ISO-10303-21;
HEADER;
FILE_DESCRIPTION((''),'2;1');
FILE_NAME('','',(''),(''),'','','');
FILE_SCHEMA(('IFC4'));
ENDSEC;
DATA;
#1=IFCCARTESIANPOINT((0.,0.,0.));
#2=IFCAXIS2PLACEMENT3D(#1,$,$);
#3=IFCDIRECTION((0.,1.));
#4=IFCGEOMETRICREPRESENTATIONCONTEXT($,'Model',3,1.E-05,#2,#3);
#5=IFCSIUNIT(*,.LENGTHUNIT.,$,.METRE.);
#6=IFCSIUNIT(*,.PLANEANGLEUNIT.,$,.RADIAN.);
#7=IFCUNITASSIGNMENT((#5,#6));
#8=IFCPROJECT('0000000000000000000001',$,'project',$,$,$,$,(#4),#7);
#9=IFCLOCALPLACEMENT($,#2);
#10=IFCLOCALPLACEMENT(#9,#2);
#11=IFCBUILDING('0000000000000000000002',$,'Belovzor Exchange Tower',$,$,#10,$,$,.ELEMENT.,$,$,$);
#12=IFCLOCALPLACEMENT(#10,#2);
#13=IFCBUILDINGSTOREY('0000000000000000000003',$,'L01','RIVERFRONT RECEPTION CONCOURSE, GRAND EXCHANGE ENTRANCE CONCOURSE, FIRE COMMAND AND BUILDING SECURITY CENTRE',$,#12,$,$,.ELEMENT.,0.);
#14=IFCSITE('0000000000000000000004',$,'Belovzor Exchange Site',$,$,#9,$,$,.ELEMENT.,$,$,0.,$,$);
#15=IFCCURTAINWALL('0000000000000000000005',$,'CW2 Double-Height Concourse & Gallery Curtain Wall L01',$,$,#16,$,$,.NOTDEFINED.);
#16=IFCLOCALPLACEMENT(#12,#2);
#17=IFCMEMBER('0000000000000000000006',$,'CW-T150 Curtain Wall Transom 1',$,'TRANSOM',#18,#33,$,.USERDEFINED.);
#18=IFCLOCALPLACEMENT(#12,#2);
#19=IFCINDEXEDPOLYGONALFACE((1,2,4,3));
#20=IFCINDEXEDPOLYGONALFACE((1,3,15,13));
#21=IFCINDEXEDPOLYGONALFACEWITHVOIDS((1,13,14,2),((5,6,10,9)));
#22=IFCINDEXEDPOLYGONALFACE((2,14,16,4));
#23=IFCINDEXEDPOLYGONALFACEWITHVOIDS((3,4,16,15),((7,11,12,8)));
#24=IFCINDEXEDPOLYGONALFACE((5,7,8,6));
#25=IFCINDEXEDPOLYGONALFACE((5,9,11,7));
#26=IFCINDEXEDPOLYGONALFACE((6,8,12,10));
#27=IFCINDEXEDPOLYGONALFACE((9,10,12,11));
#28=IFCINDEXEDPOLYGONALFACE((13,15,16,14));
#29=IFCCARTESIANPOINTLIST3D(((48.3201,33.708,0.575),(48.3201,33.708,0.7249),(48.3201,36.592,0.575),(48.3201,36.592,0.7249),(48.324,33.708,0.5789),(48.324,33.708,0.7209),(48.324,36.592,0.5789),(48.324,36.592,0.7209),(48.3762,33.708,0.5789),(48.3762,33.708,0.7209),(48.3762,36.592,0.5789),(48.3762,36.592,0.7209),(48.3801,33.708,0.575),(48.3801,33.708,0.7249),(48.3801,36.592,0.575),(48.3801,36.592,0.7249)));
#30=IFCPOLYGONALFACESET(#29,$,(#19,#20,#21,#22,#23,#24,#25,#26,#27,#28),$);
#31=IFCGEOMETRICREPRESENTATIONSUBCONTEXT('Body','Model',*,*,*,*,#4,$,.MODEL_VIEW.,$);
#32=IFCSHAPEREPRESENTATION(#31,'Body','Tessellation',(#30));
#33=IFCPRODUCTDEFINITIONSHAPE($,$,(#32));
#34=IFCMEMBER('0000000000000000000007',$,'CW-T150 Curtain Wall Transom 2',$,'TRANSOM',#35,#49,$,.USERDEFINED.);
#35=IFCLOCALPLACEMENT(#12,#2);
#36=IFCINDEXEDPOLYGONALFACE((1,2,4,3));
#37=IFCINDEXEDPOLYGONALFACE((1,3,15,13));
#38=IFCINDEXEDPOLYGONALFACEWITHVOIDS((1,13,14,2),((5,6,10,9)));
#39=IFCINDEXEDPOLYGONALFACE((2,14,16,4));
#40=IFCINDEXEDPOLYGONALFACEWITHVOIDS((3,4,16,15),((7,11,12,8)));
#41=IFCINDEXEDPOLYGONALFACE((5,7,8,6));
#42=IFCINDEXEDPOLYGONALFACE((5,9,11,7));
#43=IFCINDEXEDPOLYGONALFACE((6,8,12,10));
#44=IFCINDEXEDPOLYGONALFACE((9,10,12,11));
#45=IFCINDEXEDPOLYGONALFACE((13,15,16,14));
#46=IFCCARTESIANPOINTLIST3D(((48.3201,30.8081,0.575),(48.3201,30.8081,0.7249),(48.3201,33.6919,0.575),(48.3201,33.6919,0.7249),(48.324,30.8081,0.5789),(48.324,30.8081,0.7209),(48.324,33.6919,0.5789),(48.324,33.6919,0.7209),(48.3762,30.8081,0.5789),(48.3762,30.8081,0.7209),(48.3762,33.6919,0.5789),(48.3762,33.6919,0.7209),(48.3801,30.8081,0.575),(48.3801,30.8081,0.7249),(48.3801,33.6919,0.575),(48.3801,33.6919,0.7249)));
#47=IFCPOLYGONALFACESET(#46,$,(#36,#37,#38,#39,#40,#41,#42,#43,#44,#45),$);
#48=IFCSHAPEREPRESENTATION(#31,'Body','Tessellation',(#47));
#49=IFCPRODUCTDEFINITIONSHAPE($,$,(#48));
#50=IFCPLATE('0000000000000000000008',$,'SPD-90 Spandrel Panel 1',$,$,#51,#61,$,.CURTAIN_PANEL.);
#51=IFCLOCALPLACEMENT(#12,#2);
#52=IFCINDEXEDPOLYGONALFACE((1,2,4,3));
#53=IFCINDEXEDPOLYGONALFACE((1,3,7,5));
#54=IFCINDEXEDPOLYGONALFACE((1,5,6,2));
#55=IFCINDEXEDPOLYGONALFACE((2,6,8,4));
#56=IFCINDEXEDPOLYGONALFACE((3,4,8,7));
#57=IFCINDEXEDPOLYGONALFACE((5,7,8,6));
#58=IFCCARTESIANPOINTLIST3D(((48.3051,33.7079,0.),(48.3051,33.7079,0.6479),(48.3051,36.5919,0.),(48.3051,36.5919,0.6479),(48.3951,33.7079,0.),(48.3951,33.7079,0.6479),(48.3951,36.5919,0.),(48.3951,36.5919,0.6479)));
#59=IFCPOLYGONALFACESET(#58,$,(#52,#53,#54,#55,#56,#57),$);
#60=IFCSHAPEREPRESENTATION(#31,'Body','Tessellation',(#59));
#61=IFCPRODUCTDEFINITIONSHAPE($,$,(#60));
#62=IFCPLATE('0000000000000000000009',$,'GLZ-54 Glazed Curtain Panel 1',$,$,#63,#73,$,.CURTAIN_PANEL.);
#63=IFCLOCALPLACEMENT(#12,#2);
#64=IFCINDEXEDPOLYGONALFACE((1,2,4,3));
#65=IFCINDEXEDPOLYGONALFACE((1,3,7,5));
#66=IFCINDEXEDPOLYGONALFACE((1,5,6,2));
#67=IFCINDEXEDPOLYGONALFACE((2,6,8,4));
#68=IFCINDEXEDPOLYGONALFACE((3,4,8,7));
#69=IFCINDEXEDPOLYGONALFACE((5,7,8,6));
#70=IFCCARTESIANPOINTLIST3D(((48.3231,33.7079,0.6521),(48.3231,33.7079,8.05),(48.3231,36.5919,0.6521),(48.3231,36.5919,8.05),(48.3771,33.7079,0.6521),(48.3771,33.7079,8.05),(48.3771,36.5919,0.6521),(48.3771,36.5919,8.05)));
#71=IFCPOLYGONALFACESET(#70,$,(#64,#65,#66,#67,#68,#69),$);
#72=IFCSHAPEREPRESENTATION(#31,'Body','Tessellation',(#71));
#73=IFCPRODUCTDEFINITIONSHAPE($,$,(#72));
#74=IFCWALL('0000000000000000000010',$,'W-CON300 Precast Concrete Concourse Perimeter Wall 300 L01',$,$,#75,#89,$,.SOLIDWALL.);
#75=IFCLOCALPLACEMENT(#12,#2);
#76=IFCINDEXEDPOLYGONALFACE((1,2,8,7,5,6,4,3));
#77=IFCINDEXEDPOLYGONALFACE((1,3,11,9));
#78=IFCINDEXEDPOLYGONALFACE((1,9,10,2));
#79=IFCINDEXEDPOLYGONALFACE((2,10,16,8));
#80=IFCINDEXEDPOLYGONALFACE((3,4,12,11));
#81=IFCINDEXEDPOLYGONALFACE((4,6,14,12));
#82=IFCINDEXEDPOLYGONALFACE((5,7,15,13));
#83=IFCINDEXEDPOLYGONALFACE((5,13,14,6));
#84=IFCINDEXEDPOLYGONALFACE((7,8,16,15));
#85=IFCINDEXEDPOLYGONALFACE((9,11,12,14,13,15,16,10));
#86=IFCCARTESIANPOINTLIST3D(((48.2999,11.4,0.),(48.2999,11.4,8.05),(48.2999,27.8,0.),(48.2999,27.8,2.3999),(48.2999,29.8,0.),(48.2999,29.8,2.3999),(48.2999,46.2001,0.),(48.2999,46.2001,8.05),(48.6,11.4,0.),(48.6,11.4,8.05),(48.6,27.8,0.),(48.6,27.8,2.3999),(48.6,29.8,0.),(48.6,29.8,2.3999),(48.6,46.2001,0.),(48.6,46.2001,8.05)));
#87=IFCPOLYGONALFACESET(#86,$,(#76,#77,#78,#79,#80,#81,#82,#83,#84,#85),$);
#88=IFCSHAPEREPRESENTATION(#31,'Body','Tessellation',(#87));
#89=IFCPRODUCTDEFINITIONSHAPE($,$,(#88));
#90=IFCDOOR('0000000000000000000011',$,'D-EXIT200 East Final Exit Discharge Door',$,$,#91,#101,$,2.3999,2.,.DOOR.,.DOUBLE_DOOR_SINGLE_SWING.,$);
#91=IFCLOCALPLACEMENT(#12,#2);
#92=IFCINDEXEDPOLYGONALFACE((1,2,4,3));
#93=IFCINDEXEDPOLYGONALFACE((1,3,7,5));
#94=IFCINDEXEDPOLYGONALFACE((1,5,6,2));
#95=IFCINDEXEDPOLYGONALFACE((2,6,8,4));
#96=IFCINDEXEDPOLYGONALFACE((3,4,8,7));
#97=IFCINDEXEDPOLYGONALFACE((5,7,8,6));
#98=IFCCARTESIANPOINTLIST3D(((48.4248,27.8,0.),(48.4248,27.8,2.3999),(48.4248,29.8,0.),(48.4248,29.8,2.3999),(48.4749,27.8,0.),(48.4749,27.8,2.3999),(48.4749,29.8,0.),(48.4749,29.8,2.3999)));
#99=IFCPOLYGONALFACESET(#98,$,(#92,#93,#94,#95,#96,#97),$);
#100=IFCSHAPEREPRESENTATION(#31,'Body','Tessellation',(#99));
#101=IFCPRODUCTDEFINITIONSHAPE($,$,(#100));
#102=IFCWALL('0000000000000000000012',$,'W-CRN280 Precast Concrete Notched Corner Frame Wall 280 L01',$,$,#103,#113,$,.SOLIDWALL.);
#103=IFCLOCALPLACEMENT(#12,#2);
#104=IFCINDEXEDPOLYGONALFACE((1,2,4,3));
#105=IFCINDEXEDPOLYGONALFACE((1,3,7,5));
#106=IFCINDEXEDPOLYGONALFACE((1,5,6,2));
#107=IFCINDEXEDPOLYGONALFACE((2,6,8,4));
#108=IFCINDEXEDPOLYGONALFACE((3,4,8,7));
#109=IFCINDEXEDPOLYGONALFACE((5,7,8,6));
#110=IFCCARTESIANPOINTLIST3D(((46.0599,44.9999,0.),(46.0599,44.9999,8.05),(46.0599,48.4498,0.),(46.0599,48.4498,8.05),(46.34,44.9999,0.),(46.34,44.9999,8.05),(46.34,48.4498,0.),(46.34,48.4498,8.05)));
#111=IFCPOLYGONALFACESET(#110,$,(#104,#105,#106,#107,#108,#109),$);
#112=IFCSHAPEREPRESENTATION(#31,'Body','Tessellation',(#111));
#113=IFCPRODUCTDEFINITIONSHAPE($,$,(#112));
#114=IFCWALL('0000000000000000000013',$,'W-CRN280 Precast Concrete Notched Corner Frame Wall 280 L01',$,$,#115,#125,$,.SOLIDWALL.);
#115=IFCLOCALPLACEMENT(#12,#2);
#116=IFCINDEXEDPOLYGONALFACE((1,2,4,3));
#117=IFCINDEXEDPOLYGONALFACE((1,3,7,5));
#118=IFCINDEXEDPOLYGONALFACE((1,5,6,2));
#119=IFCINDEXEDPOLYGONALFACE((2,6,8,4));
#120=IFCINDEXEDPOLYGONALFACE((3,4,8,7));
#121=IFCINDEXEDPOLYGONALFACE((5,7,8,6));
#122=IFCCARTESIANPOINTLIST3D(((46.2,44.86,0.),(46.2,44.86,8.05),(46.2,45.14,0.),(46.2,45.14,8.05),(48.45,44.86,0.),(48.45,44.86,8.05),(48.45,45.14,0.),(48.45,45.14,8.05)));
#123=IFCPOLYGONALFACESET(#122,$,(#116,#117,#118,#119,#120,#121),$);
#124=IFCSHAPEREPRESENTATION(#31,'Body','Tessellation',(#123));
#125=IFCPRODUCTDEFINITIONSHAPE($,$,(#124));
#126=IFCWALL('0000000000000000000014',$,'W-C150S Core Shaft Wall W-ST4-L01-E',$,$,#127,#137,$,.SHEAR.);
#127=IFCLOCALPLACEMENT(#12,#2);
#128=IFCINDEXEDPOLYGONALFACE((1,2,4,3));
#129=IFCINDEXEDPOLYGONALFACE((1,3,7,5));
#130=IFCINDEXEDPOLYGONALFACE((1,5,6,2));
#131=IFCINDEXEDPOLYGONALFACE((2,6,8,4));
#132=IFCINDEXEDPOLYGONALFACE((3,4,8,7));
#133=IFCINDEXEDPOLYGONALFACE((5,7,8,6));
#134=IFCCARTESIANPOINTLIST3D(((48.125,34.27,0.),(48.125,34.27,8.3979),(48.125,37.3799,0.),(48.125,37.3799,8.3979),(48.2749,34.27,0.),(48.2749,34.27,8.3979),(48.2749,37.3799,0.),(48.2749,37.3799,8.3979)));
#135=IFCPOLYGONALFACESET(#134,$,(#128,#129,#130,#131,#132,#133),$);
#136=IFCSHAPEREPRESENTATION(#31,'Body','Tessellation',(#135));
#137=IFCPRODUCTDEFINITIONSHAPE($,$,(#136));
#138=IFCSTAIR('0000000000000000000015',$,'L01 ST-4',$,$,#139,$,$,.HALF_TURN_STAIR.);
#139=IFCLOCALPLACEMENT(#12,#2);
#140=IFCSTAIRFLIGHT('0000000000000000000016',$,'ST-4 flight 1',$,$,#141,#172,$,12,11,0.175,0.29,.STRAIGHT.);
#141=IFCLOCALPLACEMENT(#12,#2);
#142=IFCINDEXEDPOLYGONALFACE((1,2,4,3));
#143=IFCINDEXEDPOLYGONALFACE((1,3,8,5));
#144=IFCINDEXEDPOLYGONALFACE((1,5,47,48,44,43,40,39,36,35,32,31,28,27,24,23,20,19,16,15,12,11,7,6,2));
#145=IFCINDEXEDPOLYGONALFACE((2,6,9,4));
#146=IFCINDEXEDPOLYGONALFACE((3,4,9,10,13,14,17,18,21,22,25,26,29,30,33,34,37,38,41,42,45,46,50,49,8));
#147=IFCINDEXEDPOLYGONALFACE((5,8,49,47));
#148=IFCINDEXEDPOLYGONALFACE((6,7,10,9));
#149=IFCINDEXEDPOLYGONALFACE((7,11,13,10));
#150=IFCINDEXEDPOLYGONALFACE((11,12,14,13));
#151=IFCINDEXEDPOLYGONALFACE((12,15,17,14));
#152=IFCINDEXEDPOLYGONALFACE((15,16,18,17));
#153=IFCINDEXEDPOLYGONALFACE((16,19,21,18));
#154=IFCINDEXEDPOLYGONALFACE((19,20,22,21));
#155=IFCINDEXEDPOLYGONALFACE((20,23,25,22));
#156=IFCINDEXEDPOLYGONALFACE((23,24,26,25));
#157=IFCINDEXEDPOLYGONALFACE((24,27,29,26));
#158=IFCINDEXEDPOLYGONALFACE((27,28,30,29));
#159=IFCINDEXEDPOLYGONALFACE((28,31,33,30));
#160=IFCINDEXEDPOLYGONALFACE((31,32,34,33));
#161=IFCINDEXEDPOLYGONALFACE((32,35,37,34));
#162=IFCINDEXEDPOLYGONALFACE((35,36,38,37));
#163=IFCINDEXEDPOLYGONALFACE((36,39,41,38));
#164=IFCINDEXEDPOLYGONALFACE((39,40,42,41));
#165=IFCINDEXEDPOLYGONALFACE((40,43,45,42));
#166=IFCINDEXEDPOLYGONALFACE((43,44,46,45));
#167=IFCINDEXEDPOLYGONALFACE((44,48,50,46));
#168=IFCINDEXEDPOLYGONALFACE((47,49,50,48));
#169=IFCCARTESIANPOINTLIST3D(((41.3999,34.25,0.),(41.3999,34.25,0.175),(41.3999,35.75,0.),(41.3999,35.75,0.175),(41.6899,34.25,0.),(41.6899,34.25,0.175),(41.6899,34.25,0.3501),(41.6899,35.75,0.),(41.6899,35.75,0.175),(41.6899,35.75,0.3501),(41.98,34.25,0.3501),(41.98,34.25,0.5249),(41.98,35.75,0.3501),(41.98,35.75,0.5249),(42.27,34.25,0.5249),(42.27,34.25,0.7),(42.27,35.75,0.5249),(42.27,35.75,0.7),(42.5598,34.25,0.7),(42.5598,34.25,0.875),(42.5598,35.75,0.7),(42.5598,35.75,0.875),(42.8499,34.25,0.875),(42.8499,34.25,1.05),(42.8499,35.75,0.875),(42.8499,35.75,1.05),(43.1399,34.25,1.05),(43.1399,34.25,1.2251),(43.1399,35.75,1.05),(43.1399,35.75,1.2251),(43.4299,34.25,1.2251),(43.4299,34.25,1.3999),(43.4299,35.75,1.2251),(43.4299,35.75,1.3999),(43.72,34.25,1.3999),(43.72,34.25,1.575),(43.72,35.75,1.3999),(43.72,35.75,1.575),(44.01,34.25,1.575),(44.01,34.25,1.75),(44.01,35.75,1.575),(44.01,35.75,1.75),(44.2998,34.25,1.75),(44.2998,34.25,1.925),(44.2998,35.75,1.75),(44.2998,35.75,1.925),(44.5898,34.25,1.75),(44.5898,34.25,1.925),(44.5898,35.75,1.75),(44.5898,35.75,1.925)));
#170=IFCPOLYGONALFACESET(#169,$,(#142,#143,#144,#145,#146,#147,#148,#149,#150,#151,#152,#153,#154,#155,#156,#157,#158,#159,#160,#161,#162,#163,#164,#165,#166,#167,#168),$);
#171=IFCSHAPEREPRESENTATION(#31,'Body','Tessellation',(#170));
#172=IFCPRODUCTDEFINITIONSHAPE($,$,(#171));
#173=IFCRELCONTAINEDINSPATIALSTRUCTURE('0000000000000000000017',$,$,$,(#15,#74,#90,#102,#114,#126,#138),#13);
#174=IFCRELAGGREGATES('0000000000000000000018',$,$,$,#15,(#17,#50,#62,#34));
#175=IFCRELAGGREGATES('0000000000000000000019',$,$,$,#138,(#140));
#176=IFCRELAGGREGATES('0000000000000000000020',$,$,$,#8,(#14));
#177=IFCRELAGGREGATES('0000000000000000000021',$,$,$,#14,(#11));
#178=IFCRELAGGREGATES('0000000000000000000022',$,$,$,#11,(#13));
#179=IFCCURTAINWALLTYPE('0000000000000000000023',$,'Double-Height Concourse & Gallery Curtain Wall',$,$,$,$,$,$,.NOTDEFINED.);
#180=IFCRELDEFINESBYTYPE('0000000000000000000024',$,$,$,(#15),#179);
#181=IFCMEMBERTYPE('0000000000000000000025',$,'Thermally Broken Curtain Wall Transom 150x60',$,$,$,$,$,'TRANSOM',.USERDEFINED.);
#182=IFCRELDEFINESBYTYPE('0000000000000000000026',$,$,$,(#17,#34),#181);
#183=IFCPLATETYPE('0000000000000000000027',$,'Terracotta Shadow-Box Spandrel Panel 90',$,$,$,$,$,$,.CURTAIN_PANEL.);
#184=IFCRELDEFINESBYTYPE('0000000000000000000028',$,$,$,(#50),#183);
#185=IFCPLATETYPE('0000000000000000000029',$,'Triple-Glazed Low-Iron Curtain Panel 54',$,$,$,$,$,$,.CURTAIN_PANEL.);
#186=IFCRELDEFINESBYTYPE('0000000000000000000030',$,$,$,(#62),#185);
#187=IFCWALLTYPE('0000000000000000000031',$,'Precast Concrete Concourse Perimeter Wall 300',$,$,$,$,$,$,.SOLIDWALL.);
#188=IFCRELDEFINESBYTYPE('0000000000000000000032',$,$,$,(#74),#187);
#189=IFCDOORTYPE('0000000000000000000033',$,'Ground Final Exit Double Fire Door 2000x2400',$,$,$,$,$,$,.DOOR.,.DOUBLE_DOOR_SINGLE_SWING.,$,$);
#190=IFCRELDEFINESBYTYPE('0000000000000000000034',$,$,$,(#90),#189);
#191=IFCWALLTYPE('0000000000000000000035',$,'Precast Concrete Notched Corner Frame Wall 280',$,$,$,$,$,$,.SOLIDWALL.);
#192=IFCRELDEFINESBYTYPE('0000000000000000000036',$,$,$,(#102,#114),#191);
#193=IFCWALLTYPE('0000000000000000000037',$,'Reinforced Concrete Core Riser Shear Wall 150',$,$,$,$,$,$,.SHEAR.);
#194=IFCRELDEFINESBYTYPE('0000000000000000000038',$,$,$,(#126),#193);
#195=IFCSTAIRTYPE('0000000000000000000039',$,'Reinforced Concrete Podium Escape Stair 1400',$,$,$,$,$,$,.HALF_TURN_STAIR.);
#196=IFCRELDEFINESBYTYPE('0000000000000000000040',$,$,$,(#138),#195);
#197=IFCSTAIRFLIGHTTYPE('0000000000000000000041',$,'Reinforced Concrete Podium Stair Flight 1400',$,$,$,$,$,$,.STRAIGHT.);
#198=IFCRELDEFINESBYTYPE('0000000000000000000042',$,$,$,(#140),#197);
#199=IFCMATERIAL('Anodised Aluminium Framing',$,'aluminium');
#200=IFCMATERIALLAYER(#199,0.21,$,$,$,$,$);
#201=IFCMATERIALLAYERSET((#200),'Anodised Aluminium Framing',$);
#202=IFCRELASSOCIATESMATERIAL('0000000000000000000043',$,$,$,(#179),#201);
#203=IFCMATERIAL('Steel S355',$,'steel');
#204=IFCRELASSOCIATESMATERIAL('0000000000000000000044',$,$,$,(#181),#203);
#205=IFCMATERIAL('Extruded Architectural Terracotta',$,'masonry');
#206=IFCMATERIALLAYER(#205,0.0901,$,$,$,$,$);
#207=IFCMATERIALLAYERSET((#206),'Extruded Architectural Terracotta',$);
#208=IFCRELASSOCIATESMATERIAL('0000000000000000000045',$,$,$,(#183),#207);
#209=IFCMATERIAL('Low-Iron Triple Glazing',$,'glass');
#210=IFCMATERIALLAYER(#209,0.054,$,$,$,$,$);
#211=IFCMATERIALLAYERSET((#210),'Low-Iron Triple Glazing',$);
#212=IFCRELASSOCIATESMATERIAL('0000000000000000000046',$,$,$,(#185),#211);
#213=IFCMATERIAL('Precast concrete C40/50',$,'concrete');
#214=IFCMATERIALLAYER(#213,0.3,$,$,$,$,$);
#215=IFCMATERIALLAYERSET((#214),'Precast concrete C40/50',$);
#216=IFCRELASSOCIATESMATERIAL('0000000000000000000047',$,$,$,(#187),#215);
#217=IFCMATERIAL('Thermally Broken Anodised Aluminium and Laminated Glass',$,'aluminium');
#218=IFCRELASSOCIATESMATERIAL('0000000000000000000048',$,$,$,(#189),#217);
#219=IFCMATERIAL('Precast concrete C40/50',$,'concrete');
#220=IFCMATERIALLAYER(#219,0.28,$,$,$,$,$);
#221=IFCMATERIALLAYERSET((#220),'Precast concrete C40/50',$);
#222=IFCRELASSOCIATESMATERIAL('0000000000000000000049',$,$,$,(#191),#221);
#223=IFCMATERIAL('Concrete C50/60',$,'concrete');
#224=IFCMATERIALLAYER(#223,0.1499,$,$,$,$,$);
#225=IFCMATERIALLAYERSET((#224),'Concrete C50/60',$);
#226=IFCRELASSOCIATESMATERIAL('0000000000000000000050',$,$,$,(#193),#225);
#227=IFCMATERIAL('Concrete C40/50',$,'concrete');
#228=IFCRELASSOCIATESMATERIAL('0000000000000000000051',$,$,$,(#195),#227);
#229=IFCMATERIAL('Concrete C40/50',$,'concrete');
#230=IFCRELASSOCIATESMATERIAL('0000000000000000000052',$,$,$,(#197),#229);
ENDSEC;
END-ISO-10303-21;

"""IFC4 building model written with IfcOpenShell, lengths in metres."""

from ifc_helpers import new_model, si_unit, direction, frame, frame_2d, origin, origin_2d, place, context, subcontext, project, spatial, polyline, rectangle, hollow_rectangle, outline, extrude, material, layer, layer_set, material_profile, profile_set, type_object, element, fill, aggregate, save


model = new_model("IFC4")

# Units and contexts
model_context = context("Model", 3, precision=1e-05, world=origin(), true_north=direction((0.0, 1.0)))
body_context = subcontext(model_context, "Body", "Model", "MODEL_VIEW")
ifc_project = project(units=[si_unit("LENGTHUNIT", "METRE"), si_unit("PLANEANGLEUNIT", "RADIAN")], contexts=[model_context])

# Site, building, storey
site_placement = place(None, origin())
site = spatial("IfcSite", under=ifc_project, at=site_placement, Name="Belovzor Exchange Site", CompositionType="ELEMENT", RefElevation=0.0)
building_placement = place(site_placement, origin())
building = spatial("IfcBuilding", under=site, at=building_placement, Name="Belovzor Exchange Tower", CompositionType="ELEMENT")
storey_placement = place(building_placement, origin())
storey = spatial("IfcBuildingStorey", under=building, at=storey_placement, Name="L01", Description="RIVERFRONT RECEPTION CONCOURSE, GRAND EXCHANGE ENTRANCE CONCOURSE, FIRE COMMAND AND BUILDING SECURITY CENTRE", CompositionType="ELEMENT", Elevation=0.0)

# Curtain wall, members, plates
ifc_material_1 = material(Name="Anodised Aluminium Framing", Category="aluminium")
ifc_layer_1 = layer(ifc_material_1, 0.21)
ifc_layer_set_1 = layer_set([ifc_layer_1], Name="Anodised Aluminium Framing")
curtain_wall_type = type_object("IfcCurtainWallType", Name="Double-Height Concourse & Gallery Curtain Wall", PredefinedType="NOTDEFINED", material=ifc_layer_set_1)
curtain_wall_placement = place(storey_placement, origin())
curtain_wall = element("IfcCurtainWall", 1, at=curtain_wall_placement, inside=storey, type_object=curtain_wall_type, Name="CW2 Double-Height Concourse & Gallery Curtain Wall L01", PredefinedType="NOTDEFINED")
ifc_material_2 = material(Name="Steel S355", Category="steel")
ifc_material_profile_1 = material_profile(ifc_material_2, hollow_rectangle(XDim=0.0601, YDim=0.1499, WallThickness=0.0039, at=origin_2d()))
ifc_profile_set_1 = profile_set([ifc_material_profile_1], Name="Steel S355")
member_type_1 = type_object("IfcMemberType", Name="Thermally Broken Curtain Wall Transom 150x60", ElementType="TRANSOM", PredefinedType="USERDEFINED", material=ifc_profile_set_1)
member_1_placement = place(storey_placement, frame((48.3501, 36.592, 0.6499), z_axis=(0.0, -1.0, 0.0), x_axis=(1.0, 0.0, 0.0)))
member_1 = element("IfcMember", 2, at=member_1_placement, type_object=member_type_1, Name="CW-T150 Curtain Wall Transom 1", ObjectType="TRANSOM", PredefinedType="USERDEFINED", context=body_context, shape_type="SweptSolid", body=[
    extrude(hollow_rectangle(XDim=0.0601, YDim=0.1499, WallThickness=0.0039, at=origin_2d()), origin(), (0.0, 0.0, 1.0), 2.884),
])
member_2_placement = place(storey_placement, frame((48.3501, 33.6919, 0.6499), z_axis=(0.0, -1.0, 0.0), x_axis=(1.0, 0.0, 0.0)))
member_2 = element("IfcMember", 3, at=member_2_placement, type_object=member_type_1, Name="CW-T150 Curtain Wall Transom 2", ObjectType="TRANSOM", PredefinedType="USERDEFINED", context=body_context, shape_type="SweptSolid", body=[
    extrude(hollow_rectangle(XDim=0.0601, YDim=0.1499, WallThickness=0.0039, at=origin_2d()), origin(), (0.0, 0.0, 1.0), 2.8838),
])
ifc_material_3 = material(Name="Extruded Architectural Terracotta", Category="masonry")
ifc_layer_2 = layer(ifc_material_3, 0.0901)
ifc_layer_set_2 = layer_set([ifc_layer_2], Name="Extruded Architectural Terracotta")
plate_type_1 = type_object("IfcPlateType", Name="Terracotta Shadow-Box Spandrel Panel 90", PredefinedType="CURTAIN_PANEL", material=ifc_layer_set_2)
plate_1_placement = place(storey_placement, frame((48.3501, 35.1499, 0.0), z_axis=(0.0, 0.0, 1.0), x_axis=(0.0, -1.0, 0.0)))
plate_1 = element("IfcPlate", 4, at=plate_1_placement, type_object=plate_type_1, Name="SPD-90 Spandrel Panel 1", PredefinedType="CURTAIN_PANEL", context=body_context, shape_type="SweptSolid", body=[
    extrude(rectangle(XDim=2.884, YDim=0.0901, at=origin_2d()), origin(), (0.0, 0.0, 1.0), 0.6479),
])
ifc_material_4 = material(Name="Low-Iron Triple Glazing", Category="glass")
ifc_layer_3 = layer(ifc_material_4, 0.054)
ifc_layer_set_3 = layer_set([ifc_layer_3], Name="Low-Iron Triple Glazing")
plate_type_2 = type_object("IfcPlateType", Name="Triple-Glazed Low-Iron Curtain Panel 54", PredefinedType="CURTAIN_PANEL", material=ifc_layer_set_3)
plate_2_placement = place(storey_placement, frame((48.3501, 35.1499, 0.6521), z_axis=(0.0, 0.0, 1.0), x_axis=(0.0, -1.0, 0.0)))
plate_2 = element("IfcPlate", 5, at=plate_2_placement, type_object=plate_type_2, Name="GLZ-54 Glazed Curtain Panel 1", PredefinedType="CURTAIN_PANEL", context=body_context, shape_type="SweptSolid", body=[
    extrude(rectangle(XDim=2.884, YDim=0.054, at=origin_2d()), origin(), (0.0, 0.0, 1.0), 7.3979),
])
aggregate(curtain_wall, [member_1, plate_1, plate_2, member_2])

# Wall, opening, door
ifc_material_5 = material(Name="Precast concrete C40/50", Category="concrete")
ifc_layer_4 = layer(ifc_material_5, 0.3)
ifc_layer_set_4 = layer_set([ifc_layer_4], Name="Precast concrete C40/50")
wall_type_1 = type_object("IfcWallType", Name="Precast Concrete Concourse Perimeter Wall 300", PredefinedType="SOLIDWALL", material=ifc_layer_set_4)
wall_1_placement = place(storey_placement, frame((48.45, 46.2, 0.0), z_axis=(0.0, 0.0, 1.0), x_axis=(0.0, -1.0, 0.0)))
wall_1 = element("IfcWall", 6, at=wall_1_placement, inside=storey, type_object=wall_type_1, Name="W-CON300 Precast Concrete Concourse Perimeter Wall 300 L01", PredefinedType="SOLIDWALL", context=body_context, shape_type="SweptSolid", body=[
    extrude(rectangle(XDim=34.8, YDim=0.3, at=frame_2d((17.3999, 0.0))), origin(), (0.0, 0.0, 1.0), 8.05),
])
opening_placement = place(wall_1_placement, frame((16.3999, 0.0, 0.0)))
opening = element("IfcOpeningElement", 7, at=opening_placement, cuts=wall_1, PredefinedType="OPENING", context=body_context, shape_type="SweptSolid", body=[
    extrude(rectangle(XDim=2.0, YDim=2.3999, at=frame_2d((1.0, 1.2))), frame((0.0, 0.1599, 0.0), z_axis=(0.0, -1.0, 0.0), x_axis=(1.0, 0.0, 0.0)), (0.0, 0.0, 1.0), 0.3201),
])
ifc_material_6 = material(Name="Thermally Broken Anodised Aluminium and Laminated Glass", Category="aluminium")
door_type = type_object("IfcDoorType", Name="Ground Final Exit Double Fire Door 2000x2400", OperationType="DOUBLE_DOOR_SINGLE_SWING", PredefinedType="DOOR", material=ifc_material_6)
door_placement = place(opening_placement, origin())
door = element("IfcDoor", 8, at=door_placement, inside=storey, type_object=door_type, Name="D-EXIT200 East Final Exit Discharge Door", OperationType="DOUBLE_DOOR_SINGLE_SWING", OverallHeight=2.3999, OverallWidth=2.0, PredefinedType="DOOR", context=body_context, shape_type="SweptSolid", body=[
    extrude(rectangle(XDim=2.0, YDim=2.3999, at=frame_2d((1.0, 1.2))), frame((0.0, 0.0249, 0.0), z_axis=(0.0, -1.0, 0.0), x_axis=(1.0, 0.0, 0.0)), (0.0, 0.0, 1.0), 0.05),
])
fill(opening, door)

# Walls
ifc_material_7 = material(Name="Precast concrete C40/50", Category="concrete")
ifc_layer_5 = layer(ifc_material_7, 0.28)
ifc_layer_set_5 = layer_set([ifc_layer_5], Name="Precast concrete C40/50")
wall_type_2 = type_object("IfcWallType", Name="Precast Concrete Notched Corner Frame Wall 280", PredefinedType="SOLIDWALL", material=ifc_layer_set_5)
wall_2_placement = place(storey_placement, frame((46.2, 48.45, 0.0), z_axis=(0.0, 0.0, 1.0), x_axis=(0.0, -1.0, 0.0)))
element("IfcWall", 9, at=wall_2_placement, inside=storey, type_object=wall_type_2, Name="W-CRN280 Precast Concrete Notched Corner Frame Wall 280 L01", PredefinedType="SOLIDWALL", context=body_context, shape_type="SweptSolid", body=[
    extrude(rectangle(XDim=3.45, YDim=0.28, at=frame_2d((1.7251, 0.0))), origin(), (0.0, 0.0, 1.0), 8.05),
])
wall_3_placement = place(storey_placement, frame((46.2, 45.0, 0.0), z_axis=(0.0, 0.0, 1.0), x_axis=(1.0, 0.0, 0.0)))
element("IfcWall", 10, at=wall_3_placement, inside=storey, type_object=wall_type_2, Name="W-CRN280 Precast Concrete Notched Corner Frame Wall 280 L01", PredefinedType="SOLIDWALL", context=body_context, shape_type="SweptSolid", body=[
    extrude(rectangle(XDim=2.25, YDim=0.28, at=frame_2d((1.125, 0.0))), origin(), (0.0, 0.0, 1.0), 8.05),
])
ifc_material_8 = material(Name="Concrete C50/60", Category="concrete")
ifc_layer_6 = layer(ifc_material_8, 0.1499)
ifc_layer_set_6 = layer_set([ifc_layer_6], Name="Concrete C50/60")
wall_type_3 = type_object("IfcWallType", Name="Reinforced Concrete Core Riser Shear Wall 150", PredefinedType="SHEAR", material=ifc_layer_set_6)
wall_4_placement = place(storey_placement, frame((48.2, 34.27, 0.0), z_axis=(0.0, 0.0, 1.0), x_axis=(0.0, 1.0, 0.0)))
element("IfcWall", 11, at=wall_4_placement, inside=storey, type_object=wall_type_3, Name="W-C150S Core Shaft Wall W-ST4-L01-E", PredefinedType="SHEAR", context=body_context, shape_type="SweptSolid", body=[
    extrude(rectangle(XDim=3.1099, YDim=0.1499, at=frame_2d((1.5549, 0.0))), origin(), (0.0, 0.0, 1.0), 8.3979),
])

# Stair, stair flight
ifc_material_9 = material(Name="Concrete C40/50", Category="concrete")
stair_type = type_object("IfcStairType", Name="Reinforced Concrete Podium Escape Stair 1400", PredefinedType="HALF_TURN_STAIR", material=ifc_material_9)
stair_placement = place(storey_placement, origin())
stair = element("IfcStair", 12, at=stair_placement, inside=storey, type_object=stair_type, Name="L01 ST-4", PredefinedType="HALF_TURN_STAIR")
ifc_material_10 = material(Name="Concrete C40/50", Category="concrete")
stair_flight_type = type_object("IfcStairFlightType", Name="Reinforced Concrete Podium Stair Flight 1400", PredefinedType="STRAIGHT", material=ifc_material_10)
stair_flight_1_placement = place(storey_placement, frame((41.3999, 35.0, 0.0), z_axis=(0.0, 0.0, 1.0), x_axis=(1.0, 0.0, 0.0)))
stair_flight_1 = element("IfcStairFlight", 13, at=stair_flight_1_placement, type_object=stair_flight_type, Name="ST-4 flight 1", NumberOfRisers=12, NumberOfTreads=11, PredefinedType="STRAIGHT", RiserHeight=0.175, TreadLength=0.29, context=body_context, shape_type="SweptSolid", body=[
    extrude(outline(polyline([(0.0, 0.0), (0.0, 0.175), (0.29, 0.175), (0.29, 0.3501), (0.5801, 0.3501), (0.5801, 0.5249), (0.8701, 0.5249), (0.8701, 0.7), (1.1599, 0.7), (1.1599, 0.875), (1.45, 0.875), (1.45, 1.05), (1.74, 1.05), (1.74, 1.2251), (2.03, 1.2251), (2.03, 1.3999), (2.3201, 1.3999), (2.3201, 1.575), (2.6101, 1.575), (2.6101, 1.75), (2.8999, 1.75), (2.8999, 1.925), (3.1899, 1.925), (3.1899, 2.1001), (3.1899, 1.75), (0.29, 0.0), (0.0, 0.0)])), frame((0.0, 0.75, 0.0), z_axis=(0.0, -1.0, 0.0), x_axis=(1.0, 0.0, 0.0)), (0.0, 0.0, 1.0), 1.5),
])
aggregate(stair, [stair_flight_1])

save(model, "model.ifc")
